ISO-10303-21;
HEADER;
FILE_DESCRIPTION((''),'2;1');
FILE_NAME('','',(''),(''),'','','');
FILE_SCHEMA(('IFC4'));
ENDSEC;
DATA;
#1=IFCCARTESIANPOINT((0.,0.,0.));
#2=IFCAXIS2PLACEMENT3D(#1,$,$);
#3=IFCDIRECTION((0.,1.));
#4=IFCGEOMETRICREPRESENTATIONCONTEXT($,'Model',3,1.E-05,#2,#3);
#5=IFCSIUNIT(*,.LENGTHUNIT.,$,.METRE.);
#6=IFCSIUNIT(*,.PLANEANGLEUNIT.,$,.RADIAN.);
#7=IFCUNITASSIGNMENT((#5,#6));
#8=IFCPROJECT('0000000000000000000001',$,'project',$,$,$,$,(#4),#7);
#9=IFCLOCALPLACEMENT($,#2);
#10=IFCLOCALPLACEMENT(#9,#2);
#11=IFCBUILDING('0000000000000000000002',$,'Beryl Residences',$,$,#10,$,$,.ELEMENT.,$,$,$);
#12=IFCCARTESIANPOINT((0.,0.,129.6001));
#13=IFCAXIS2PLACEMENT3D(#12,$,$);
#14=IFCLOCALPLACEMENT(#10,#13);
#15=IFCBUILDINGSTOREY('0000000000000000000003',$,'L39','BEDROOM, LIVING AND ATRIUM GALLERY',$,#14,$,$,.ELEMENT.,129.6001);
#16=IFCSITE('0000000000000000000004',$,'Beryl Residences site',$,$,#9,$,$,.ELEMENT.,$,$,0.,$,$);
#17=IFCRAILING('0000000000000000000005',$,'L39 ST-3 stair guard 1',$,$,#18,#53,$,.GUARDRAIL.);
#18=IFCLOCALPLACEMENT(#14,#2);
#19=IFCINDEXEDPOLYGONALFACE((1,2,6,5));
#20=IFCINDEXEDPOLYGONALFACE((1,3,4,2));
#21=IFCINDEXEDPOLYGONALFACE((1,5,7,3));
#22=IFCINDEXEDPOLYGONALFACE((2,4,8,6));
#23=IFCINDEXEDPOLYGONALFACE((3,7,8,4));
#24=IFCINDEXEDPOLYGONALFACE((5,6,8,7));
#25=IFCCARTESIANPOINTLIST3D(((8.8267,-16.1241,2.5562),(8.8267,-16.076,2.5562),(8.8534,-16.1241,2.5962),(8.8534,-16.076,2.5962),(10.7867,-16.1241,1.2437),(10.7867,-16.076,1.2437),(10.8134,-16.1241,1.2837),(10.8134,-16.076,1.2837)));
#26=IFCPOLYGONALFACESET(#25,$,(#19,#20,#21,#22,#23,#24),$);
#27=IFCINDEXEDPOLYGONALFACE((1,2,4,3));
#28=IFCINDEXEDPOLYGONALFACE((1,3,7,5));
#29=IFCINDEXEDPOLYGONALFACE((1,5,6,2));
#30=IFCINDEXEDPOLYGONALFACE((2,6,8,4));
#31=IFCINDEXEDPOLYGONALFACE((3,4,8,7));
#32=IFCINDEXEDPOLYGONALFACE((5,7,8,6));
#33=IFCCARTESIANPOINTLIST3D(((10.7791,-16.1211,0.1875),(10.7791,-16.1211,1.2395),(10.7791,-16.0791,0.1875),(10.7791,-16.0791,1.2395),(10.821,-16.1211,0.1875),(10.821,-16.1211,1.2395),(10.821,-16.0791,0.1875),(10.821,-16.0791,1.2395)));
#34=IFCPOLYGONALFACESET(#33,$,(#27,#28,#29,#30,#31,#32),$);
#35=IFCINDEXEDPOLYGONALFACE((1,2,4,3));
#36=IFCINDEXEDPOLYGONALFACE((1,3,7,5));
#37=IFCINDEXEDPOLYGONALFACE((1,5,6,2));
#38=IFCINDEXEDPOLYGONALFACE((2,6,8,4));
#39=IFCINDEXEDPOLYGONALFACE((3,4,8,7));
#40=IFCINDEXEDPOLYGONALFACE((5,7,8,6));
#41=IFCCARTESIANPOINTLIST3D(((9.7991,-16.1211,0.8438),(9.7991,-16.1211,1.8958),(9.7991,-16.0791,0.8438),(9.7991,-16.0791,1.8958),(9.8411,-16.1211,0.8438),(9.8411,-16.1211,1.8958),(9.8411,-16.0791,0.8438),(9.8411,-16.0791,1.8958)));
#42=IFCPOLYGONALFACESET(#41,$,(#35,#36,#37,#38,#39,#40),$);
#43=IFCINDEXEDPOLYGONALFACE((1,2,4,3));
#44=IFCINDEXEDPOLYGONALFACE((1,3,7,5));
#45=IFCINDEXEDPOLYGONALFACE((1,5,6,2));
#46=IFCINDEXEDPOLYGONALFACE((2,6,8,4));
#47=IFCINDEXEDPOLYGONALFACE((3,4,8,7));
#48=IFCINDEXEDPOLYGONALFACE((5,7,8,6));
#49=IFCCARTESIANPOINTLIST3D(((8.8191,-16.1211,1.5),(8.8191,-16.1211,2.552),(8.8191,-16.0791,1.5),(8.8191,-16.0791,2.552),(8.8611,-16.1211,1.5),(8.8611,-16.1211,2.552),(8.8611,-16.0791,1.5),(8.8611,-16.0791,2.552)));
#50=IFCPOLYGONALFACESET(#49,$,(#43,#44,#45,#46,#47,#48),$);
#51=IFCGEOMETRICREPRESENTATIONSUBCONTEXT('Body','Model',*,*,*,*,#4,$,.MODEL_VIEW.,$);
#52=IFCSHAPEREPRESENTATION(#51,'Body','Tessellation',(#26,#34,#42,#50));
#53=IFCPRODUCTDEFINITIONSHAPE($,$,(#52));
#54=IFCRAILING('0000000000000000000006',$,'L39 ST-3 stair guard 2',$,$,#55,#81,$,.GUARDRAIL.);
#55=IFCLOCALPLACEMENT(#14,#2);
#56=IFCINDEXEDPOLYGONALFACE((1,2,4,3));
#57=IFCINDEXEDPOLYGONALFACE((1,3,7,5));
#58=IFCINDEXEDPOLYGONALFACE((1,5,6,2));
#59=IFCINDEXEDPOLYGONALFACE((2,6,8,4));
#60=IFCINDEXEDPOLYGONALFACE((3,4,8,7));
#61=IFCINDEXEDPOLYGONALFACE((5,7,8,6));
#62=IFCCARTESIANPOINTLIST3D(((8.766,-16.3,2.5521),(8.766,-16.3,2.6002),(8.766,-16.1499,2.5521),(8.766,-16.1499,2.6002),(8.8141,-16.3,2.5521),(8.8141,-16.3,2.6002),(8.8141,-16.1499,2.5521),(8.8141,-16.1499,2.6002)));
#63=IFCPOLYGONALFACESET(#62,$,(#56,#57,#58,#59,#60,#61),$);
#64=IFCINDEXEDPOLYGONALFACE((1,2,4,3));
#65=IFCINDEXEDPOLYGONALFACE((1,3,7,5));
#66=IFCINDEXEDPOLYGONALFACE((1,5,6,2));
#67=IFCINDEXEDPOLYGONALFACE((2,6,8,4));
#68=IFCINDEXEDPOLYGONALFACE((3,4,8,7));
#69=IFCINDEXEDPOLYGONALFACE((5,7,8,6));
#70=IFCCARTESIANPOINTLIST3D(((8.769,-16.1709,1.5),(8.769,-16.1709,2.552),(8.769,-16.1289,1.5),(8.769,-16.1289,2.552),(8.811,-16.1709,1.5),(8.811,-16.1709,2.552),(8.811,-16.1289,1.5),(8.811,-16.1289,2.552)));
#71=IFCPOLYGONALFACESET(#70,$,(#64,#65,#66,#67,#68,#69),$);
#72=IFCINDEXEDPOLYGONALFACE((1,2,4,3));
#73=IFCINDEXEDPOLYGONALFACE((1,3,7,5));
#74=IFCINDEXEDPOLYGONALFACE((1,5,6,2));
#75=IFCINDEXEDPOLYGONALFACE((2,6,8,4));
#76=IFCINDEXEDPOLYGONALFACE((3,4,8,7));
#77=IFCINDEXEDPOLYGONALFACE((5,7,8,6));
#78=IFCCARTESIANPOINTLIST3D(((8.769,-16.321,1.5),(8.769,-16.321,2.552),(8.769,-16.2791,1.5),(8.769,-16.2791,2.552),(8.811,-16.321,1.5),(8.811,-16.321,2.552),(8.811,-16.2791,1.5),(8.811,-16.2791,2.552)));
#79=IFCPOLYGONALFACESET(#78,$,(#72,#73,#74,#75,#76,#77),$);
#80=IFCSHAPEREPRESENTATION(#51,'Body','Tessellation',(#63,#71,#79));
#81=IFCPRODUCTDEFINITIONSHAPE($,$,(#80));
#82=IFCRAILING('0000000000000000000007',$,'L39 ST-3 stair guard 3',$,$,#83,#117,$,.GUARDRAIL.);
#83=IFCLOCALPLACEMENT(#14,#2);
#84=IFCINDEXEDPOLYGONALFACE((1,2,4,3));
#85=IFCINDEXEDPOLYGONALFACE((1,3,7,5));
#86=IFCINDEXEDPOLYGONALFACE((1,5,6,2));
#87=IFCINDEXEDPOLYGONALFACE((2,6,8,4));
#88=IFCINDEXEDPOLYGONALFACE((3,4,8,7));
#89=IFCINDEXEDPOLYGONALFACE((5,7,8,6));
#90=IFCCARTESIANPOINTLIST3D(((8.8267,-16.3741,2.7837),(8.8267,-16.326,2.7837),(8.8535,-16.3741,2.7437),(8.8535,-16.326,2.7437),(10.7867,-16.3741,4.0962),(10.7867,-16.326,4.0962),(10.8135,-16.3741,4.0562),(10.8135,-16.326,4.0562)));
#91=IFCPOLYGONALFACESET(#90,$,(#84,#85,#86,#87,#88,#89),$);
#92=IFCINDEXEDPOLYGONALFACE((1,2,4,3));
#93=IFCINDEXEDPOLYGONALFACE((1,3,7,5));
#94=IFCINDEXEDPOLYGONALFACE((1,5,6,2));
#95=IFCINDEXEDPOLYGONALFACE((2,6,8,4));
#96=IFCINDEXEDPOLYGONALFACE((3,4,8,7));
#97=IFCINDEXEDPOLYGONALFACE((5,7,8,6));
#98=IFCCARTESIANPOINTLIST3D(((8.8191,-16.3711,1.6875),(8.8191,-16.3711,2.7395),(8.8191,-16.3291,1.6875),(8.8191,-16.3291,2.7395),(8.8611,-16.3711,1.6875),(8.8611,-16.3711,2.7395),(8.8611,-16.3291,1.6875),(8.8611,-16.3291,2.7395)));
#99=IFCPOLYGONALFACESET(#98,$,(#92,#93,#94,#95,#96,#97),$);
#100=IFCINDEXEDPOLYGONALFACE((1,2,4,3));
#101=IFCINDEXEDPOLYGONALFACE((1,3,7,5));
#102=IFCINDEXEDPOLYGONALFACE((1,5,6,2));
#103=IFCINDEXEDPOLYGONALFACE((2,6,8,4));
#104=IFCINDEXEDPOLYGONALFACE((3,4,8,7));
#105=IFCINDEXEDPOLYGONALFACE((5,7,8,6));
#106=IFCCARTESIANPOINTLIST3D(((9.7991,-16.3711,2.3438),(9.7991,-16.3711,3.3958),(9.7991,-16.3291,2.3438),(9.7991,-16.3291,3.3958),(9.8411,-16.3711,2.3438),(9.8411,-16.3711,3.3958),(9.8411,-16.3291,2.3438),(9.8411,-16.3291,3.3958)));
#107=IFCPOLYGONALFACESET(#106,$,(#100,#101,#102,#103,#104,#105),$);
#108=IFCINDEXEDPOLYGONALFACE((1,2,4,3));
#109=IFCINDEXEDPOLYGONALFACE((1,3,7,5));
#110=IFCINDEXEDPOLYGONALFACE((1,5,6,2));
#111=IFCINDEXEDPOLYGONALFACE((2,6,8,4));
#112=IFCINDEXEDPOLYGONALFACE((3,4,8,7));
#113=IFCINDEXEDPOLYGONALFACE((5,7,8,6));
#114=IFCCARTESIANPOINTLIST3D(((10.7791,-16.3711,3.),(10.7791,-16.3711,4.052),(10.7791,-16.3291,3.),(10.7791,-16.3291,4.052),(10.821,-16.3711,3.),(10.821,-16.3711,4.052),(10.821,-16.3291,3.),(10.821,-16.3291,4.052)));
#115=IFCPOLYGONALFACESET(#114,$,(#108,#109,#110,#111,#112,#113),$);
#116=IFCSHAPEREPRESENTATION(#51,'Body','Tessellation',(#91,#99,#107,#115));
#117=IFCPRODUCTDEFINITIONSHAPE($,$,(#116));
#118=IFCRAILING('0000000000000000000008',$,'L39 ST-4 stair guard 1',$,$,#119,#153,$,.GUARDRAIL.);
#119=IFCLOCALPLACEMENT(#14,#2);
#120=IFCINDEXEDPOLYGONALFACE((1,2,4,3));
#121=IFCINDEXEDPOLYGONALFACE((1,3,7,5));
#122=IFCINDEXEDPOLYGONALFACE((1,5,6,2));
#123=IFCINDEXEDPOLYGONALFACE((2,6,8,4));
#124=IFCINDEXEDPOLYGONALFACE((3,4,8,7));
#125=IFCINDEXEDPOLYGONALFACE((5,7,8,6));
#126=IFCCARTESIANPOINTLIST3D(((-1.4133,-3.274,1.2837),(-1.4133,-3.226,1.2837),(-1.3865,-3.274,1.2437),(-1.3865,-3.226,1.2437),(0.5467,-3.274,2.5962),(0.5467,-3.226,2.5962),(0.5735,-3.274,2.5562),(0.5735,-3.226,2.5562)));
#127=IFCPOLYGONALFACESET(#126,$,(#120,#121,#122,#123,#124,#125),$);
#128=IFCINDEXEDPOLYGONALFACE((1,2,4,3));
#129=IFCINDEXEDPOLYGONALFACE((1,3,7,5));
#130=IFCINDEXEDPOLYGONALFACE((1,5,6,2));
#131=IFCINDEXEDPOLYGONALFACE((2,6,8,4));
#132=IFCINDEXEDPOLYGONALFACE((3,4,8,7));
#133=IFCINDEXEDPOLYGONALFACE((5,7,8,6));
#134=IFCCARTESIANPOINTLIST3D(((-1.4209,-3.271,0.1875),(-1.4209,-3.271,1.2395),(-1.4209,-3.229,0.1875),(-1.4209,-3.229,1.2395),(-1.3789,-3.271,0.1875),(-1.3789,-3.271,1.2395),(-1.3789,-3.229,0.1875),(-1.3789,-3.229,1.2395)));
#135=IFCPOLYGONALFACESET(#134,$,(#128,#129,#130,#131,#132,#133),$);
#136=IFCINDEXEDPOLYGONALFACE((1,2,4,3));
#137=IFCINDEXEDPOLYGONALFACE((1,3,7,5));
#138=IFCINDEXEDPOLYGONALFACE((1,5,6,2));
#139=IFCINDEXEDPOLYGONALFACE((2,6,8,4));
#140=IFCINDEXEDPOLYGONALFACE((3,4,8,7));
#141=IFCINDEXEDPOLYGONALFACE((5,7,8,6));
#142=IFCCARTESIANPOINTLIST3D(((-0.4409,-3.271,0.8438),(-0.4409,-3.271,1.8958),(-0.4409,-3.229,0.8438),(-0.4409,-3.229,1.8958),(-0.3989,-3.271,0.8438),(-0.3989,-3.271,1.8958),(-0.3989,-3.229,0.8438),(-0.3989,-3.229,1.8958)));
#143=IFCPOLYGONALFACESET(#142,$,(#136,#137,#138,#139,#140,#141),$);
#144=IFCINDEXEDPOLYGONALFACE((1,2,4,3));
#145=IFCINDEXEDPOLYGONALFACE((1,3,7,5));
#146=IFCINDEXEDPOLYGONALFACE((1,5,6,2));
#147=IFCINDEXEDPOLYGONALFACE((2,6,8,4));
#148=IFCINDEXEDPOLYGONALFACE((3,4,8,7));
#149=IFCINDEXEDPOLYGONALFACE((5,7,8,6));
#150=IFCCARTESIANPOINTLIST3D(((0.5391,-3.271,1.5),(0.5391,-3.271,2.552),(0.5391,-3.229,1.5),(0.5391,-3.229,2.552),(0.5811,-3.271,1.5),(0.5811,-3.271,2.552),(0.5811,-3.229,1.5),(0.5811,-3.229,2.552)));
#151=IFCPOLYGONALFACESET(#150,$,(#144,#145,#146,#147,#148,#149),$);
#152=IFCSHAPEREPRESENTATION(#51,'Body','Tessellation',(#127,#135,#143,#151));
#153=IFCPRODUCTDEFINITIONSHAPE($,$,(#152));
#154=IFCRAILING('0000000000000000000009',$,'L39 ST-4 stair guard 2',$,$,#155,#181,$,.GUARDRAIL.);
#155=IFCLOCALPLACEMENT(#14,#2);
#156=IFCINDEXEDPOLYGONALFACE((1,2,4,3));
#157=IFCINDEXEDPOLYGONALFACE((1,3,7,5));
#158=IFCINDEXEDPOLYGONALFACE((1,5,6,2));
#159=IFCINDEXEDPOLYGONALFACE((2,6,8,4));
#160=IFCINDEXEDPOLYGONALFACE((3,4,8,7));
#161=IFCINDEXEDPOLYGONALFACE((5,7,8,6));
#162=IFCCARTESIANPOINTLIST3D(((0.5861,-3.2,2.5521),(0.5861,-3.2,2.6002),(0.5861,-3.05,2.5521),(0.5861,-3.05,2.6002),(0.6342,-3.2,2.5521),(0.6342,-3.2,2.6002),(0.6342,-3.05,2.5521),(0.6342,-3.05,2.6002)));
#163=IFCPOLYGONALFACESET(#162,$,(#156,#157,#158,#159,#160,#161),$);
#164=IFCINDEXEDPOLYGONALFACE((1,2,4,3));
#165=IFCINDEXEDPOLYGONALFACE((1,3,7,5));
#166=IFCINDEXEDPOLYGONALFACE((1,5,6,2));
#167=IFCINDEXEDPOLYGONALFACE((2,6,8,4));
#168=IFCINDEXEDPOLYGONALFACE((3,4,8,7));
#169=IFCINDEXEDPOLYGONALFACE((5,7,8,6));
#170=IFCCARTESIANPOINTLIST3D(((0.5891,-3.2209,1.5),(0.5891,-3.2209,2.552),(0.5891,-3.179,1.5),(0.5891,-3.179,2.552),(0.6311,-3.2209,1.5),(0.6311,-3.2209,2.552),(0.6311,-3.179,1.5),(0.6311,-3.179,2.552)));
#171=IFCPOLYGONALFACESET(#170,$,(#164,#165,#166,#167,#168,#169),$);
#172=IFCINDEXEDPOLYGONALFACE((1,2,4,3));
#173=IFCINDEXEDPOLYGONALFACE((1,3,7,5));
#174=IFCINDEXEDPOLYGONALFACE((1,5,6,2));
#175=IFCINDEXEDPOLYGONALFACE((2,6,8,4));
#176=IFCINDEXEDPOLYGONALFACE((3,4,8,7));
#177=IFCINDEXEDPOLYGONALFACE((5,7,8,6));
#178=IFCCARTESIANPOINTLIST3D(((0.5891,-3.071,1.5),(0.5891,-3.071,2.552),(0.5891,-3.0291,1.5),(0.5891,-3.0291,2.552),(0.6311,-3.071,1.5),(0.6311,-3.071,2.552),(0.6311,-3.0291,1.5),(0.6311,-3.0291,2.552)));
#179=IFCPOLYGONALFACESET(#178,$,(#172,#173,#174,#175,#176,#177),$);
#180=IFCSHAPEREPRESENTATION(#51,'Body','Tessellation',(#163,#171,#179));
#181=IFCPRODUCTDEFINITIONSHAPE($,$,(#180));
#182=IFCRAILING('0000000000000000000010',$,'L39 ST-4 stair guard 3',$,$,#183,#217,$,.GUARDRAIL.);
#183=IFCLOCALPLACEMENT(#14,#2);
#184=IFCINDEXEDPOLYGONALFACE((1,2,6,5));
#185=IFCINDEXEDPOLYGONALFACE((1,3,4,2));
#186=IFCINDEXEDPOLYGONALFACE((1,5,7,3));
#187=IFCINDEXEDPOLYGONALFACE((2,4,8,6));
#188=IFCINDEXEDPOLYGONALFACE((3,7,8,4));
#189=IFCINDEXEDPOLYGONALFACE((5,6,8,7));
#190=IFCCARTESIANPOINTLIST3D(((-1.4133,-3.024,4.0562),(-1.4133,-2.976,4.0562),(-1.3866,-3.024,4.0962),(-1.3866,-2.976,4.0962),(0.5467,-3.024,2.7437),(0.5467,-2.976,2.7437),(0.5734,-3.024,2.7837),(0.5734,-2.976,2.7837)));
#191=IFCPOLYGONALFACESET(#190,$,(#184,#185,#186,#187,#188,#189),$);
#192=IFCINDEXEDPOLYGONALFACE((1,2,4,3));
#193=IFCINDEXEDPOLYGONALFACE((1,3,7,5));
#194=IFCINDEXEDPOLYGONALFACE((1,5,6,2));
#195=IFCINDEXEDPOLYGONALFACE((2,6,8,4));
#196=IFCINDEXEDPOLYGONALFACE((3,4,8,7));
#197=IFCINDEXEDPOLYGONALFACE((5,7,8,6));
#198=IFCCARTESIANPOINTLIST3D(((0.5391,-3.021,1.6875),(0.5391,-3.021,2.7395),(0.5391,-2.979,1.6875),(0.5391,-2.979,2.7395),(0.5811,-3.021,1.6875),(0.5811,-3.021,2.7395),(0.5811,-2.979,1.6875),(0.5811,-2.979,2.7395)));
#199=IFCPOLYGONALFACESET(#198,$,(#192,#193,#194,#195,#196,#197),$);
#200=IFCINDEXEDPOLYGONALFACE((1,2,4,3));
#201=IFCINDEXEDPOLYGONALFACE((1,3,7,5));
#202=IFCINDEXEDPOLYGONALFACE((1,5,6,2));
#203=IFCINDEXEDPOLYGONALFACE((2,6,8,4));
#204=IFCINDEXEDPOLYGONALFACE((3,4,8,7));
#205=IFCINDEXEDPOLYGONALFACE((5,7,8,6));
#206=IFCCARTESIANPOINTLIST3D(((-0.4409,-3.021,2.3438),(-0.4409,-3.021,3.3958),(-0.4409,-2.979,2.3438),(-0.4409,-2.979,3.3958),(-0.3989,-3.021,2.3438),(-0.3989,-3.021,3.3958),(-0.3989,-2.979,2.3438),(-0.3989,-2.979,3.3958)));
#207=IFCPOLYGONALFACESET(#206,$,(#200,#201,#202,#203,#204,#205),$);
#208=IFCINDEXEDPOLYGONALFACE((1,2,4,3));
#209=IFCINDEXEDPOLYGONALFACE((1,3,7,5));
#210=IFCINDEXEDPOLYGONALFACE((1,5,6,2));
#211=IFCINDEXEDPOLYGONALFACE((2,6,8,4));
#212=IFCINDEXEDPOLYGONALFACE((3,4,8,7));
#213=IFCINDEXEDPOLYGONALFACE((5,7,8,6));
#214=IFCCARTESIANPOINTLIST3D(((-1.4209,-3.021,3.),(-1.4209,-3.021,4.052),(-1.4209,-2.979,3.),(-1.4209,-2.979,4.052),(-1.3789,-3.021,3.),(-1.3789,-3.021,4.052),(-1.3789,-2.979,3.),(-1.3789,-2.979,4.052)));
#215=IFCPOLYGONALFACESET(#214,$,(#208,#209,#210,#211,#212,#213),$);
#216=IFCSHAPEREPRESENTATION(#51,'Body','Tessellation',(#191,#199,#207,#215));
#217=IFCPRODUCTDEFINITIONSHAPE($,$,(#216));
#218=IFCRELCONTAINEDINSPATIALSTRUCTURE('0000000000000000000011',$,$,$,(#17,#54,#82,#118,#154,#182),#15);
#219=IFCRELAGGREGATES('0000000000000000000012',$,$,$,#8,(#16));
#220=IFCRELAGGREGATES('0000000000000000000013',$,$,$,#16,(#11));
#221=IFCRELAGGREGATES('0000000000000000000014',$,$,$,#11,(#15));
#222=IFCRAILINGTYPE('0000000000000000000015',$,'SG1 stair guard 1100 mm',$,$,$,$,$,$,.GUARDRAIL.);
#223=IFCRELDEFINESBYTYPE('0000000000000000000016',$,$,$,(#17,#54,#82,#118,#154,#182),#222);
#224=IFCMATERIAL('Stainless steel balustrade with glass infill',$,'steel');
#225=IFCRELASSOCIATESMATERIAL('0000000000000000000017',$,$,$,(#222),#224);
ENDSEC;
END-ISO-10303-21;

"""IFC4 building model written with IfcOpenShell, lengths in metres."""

from ifc_helpers import new_model, si_unit, direction, frame, origin, origin_2d, place, context, subcontext, project, spatial, rectangle, extrude, material, type_object, element, save


model = new_model("IFC4")

# Units and contexts
model_context = context("Model", 3, precision=1e-05, world=origin(), true_north=direction((0.0, 1.0)))
body_context = subcontext(model_context, "Body", "Model", "MODEL_VIEW")
ifc_project = project(units=[si_unit("LENGTHUNIT", "METRE"), si_unit("PLANEANGLEUNIT", "RADIAN")], contexts=[model_context])

# Site, building, storey
site_placement = place(None, origin())
site = spatial("IfcSite", under=ifc_project, at=site_placement, Name="Beryl Residences site", CompositionType="ELEMENT", RefElevation=0.0)
building_placement = place(site_placement, origin())
building = spatial("IfcBuilding", under=site, at=building_placement, Name="Beryl Residences", CompositionType="ELEMENT")
storey_placement = place(building_placement, frame((0.0, 0.0, 129.6001)))
storey = spatial("IfcBuildingStorey", under=building, at=storey_placement, Name="L39", Description="BEDROOM, LIVING AND ATRIUM GALLERY", CompositionType="ELEMENT", Elevation=129.6001)

# Railings
ifc_material_1 = material(Name="Stainless steel balustrade with glass infill", Category="steel")
railing_type_1 = type_object("IfcRailingType", Name="SG1 stair guard 1100 mm", PredefinedType="GUARDRAIL", material=ifc_material_1)
railing_1_placement = place(storey_placement, frame((10.8, -16.1001, 0.1875)))
element("IfcRailing", 1, at=railing_1_placement, inside=storey, type_object=railing_type_1, Name="L39 ST-3 stair guard 1", PredefinedType="GUARDRAIL", context=body_context, shape_type="SweptSolid", body=[
    extrude(rectangle(XDim=0.0481, YDim=0.0481, at=origin_2d()), frame((0.0, 0.0, 1.0762), z_axis=(-0.830902, 0.0, 0.556419), x_axis=(0.0, -1.0, 0.0)), (0.0, 0.0, 1.0), 2.3589),
    extrude(rectangle(XDim=0.042, YDim=0.042, at=origin_2d()), origin(), (0.0, 0.0, 1.0), 1.052),
    extrude(rectangle(XDim=0.042, YDim=0.042, at=origin_2d()), frame((-0.98, 0.0, 0.6562)), (0.0, 0.0, 1.0), 1.052),
    extrude(rectangle(XDim=0.042, YDim=0.042, at=origin_2d()), frame((-1.96, 0.0, 1.3125)), (0.0, 0.0, 1.0), 1.052),
])
railing_2_placement = place(storey_placement, frame((8.79, -16.1499, 1.5)))
element("IfcRailing", 2, at=railing_2_placement, inside=storey, type_object=railing_type_1, Name="L39 ST-3 stair guard 2", PredefinedType="GUARDRAIL", context=body_context, shape_type="SweptSolid", body=[
    extrude(rectangle(XDim=0.0481, YDim=0.0481, at=origin_2d()), frame((0.0, 0.0, 1.0762), z_axis=(0.0, -1.0, 0.0), x_axis=(1.0, 0.0, 0.0)), (0.0, 0.0, 1.0), 0.1501),
    extrude(rectangle(XDim=0.042, YDim=0.042, at=origin_2d()), origin(), (0.0, 0.0, 1.0), 1.052),
    extrude(rectangle(XDim=0.042, YDim=0.042, at=origin_2d()), frame((0.0, -0.1501, 0.0)), (0.0, 0.0, 1.0), 1.052),
])
for number, where, name in (
    (3, (8.8401, -16.3501, 1.6875), "L39 ST-3 stair guard 3"),
    (4, (-1.3999, -3.25, 0.1875), "L39 ST-4 stair guard 1"),
):
    element("IfcRailing", number, at=place(storey_placement, frame(where)), inside=storey, type_object=railing_type_1, Name=name, PredefinedType="GUARDRAIL", context=body_context, shape_type="SweptSolid", body=[
        extrude(rectangle(XDim=0.0481, YDim=0.0481, at=origin_2d()), frame((0.0, 0.0, 1.0762), z_axis=(0.830902, 0.0, 0.556419), x_axis=(0.0, 1.0, 0.0)), (0.0, 0.0, 1.0), 2.3589),
        extrude(rectangle(XDim=0.042, YDim=0.042, at=origin_2d()), origin(), (0.0, 0.0, 1.0), 1.052),
        extrude(rectangle(XDim=0.042, YDim=0.042, at=origin_2d()), frame((0.98, 0.0, 0.6562)), (0.0, 0.0, 1.0), 1.052),
        extrude(rectangle(XDim=0.042, YDim=0.042, at=origin_2d()), frame((1.96, 0.0, 1.3125)), (0.0, 0.0, 1.0), 1.052),
    ])
railing_3_placement = place(storey_placement, frame((0.6101, -3.2, 1.5)))
element("IfcRailing", 5, at=railing_3_placement, inside=storey, type_object=railing_type_1, Name="L39 ST-4 stair guard 2", PredefinedType="GUARDRAIL", context=body_context, shape_type="SweptSolid", body=[
    extrude(rectangle(XDim=0.0481, YDim=0.0481, at=origin_2d()), frame((0.0, 0.0, 1.0762), z_axis=(0.0, 1.0, 0.0), x_axis=(-1.0, 0.0, 0.0)), (0.0, 0.0, 1.0), 0.1499),
    extrude(rectangle(XDim=0.042, YDim=0.042, at=origin_2d()), origin(), (0.0, 0.0, 1.0), 1.052),
    extrude(rectangle(XDim=0.042, YDim=0.042, at=origin_2d()), frame((0.0, 0.1499, 0.0)), (0.0, 0.0, 1.0), 1.052),
])
railing_4_placement = place(storey_placement, frame((0.5601, -3.0, 1.6875)))
element("IfcRailing", 6, at=railing_4_placement, inside=storey, type_object=railing_type_1, Name="L39 ST-4 stair guard 3", PredefinedType="GUARDRAIL", context=body_context, shape_type="SweptSolid", body=[
    extrude(rectangle(XDim=0.0481, YDim=0.0481, at=origin_2d()), frame((0.0, 0.0, 1.0762), z_axis=(-0.830902, 0.0, 0.556419), x_axis=(0.0, -1.0, 0.0)), (0.0, 0.0, 1.0), 2.3589),
    extrude(rectangle(XDim=0.042, YDim=0.042, at=origin_2d()), origin(), (0.0, 0.0, 1.0), 1.052),
    extrude(rectangle(XDim=0.042, YDim=0.042, at=origin_2d()), frame((-0.98, 0.0, 0.6562)), (0.0, 0.0, 1.0), 1.052),
    extrude(rectangle(XDim=0.042, YDim=0.042, at=origin_2d()), frame((-1.96, 0.0, 1.3125)), (0.0, 0.0, 1.0), 1.052),
])

save(model, "model.ifc")
